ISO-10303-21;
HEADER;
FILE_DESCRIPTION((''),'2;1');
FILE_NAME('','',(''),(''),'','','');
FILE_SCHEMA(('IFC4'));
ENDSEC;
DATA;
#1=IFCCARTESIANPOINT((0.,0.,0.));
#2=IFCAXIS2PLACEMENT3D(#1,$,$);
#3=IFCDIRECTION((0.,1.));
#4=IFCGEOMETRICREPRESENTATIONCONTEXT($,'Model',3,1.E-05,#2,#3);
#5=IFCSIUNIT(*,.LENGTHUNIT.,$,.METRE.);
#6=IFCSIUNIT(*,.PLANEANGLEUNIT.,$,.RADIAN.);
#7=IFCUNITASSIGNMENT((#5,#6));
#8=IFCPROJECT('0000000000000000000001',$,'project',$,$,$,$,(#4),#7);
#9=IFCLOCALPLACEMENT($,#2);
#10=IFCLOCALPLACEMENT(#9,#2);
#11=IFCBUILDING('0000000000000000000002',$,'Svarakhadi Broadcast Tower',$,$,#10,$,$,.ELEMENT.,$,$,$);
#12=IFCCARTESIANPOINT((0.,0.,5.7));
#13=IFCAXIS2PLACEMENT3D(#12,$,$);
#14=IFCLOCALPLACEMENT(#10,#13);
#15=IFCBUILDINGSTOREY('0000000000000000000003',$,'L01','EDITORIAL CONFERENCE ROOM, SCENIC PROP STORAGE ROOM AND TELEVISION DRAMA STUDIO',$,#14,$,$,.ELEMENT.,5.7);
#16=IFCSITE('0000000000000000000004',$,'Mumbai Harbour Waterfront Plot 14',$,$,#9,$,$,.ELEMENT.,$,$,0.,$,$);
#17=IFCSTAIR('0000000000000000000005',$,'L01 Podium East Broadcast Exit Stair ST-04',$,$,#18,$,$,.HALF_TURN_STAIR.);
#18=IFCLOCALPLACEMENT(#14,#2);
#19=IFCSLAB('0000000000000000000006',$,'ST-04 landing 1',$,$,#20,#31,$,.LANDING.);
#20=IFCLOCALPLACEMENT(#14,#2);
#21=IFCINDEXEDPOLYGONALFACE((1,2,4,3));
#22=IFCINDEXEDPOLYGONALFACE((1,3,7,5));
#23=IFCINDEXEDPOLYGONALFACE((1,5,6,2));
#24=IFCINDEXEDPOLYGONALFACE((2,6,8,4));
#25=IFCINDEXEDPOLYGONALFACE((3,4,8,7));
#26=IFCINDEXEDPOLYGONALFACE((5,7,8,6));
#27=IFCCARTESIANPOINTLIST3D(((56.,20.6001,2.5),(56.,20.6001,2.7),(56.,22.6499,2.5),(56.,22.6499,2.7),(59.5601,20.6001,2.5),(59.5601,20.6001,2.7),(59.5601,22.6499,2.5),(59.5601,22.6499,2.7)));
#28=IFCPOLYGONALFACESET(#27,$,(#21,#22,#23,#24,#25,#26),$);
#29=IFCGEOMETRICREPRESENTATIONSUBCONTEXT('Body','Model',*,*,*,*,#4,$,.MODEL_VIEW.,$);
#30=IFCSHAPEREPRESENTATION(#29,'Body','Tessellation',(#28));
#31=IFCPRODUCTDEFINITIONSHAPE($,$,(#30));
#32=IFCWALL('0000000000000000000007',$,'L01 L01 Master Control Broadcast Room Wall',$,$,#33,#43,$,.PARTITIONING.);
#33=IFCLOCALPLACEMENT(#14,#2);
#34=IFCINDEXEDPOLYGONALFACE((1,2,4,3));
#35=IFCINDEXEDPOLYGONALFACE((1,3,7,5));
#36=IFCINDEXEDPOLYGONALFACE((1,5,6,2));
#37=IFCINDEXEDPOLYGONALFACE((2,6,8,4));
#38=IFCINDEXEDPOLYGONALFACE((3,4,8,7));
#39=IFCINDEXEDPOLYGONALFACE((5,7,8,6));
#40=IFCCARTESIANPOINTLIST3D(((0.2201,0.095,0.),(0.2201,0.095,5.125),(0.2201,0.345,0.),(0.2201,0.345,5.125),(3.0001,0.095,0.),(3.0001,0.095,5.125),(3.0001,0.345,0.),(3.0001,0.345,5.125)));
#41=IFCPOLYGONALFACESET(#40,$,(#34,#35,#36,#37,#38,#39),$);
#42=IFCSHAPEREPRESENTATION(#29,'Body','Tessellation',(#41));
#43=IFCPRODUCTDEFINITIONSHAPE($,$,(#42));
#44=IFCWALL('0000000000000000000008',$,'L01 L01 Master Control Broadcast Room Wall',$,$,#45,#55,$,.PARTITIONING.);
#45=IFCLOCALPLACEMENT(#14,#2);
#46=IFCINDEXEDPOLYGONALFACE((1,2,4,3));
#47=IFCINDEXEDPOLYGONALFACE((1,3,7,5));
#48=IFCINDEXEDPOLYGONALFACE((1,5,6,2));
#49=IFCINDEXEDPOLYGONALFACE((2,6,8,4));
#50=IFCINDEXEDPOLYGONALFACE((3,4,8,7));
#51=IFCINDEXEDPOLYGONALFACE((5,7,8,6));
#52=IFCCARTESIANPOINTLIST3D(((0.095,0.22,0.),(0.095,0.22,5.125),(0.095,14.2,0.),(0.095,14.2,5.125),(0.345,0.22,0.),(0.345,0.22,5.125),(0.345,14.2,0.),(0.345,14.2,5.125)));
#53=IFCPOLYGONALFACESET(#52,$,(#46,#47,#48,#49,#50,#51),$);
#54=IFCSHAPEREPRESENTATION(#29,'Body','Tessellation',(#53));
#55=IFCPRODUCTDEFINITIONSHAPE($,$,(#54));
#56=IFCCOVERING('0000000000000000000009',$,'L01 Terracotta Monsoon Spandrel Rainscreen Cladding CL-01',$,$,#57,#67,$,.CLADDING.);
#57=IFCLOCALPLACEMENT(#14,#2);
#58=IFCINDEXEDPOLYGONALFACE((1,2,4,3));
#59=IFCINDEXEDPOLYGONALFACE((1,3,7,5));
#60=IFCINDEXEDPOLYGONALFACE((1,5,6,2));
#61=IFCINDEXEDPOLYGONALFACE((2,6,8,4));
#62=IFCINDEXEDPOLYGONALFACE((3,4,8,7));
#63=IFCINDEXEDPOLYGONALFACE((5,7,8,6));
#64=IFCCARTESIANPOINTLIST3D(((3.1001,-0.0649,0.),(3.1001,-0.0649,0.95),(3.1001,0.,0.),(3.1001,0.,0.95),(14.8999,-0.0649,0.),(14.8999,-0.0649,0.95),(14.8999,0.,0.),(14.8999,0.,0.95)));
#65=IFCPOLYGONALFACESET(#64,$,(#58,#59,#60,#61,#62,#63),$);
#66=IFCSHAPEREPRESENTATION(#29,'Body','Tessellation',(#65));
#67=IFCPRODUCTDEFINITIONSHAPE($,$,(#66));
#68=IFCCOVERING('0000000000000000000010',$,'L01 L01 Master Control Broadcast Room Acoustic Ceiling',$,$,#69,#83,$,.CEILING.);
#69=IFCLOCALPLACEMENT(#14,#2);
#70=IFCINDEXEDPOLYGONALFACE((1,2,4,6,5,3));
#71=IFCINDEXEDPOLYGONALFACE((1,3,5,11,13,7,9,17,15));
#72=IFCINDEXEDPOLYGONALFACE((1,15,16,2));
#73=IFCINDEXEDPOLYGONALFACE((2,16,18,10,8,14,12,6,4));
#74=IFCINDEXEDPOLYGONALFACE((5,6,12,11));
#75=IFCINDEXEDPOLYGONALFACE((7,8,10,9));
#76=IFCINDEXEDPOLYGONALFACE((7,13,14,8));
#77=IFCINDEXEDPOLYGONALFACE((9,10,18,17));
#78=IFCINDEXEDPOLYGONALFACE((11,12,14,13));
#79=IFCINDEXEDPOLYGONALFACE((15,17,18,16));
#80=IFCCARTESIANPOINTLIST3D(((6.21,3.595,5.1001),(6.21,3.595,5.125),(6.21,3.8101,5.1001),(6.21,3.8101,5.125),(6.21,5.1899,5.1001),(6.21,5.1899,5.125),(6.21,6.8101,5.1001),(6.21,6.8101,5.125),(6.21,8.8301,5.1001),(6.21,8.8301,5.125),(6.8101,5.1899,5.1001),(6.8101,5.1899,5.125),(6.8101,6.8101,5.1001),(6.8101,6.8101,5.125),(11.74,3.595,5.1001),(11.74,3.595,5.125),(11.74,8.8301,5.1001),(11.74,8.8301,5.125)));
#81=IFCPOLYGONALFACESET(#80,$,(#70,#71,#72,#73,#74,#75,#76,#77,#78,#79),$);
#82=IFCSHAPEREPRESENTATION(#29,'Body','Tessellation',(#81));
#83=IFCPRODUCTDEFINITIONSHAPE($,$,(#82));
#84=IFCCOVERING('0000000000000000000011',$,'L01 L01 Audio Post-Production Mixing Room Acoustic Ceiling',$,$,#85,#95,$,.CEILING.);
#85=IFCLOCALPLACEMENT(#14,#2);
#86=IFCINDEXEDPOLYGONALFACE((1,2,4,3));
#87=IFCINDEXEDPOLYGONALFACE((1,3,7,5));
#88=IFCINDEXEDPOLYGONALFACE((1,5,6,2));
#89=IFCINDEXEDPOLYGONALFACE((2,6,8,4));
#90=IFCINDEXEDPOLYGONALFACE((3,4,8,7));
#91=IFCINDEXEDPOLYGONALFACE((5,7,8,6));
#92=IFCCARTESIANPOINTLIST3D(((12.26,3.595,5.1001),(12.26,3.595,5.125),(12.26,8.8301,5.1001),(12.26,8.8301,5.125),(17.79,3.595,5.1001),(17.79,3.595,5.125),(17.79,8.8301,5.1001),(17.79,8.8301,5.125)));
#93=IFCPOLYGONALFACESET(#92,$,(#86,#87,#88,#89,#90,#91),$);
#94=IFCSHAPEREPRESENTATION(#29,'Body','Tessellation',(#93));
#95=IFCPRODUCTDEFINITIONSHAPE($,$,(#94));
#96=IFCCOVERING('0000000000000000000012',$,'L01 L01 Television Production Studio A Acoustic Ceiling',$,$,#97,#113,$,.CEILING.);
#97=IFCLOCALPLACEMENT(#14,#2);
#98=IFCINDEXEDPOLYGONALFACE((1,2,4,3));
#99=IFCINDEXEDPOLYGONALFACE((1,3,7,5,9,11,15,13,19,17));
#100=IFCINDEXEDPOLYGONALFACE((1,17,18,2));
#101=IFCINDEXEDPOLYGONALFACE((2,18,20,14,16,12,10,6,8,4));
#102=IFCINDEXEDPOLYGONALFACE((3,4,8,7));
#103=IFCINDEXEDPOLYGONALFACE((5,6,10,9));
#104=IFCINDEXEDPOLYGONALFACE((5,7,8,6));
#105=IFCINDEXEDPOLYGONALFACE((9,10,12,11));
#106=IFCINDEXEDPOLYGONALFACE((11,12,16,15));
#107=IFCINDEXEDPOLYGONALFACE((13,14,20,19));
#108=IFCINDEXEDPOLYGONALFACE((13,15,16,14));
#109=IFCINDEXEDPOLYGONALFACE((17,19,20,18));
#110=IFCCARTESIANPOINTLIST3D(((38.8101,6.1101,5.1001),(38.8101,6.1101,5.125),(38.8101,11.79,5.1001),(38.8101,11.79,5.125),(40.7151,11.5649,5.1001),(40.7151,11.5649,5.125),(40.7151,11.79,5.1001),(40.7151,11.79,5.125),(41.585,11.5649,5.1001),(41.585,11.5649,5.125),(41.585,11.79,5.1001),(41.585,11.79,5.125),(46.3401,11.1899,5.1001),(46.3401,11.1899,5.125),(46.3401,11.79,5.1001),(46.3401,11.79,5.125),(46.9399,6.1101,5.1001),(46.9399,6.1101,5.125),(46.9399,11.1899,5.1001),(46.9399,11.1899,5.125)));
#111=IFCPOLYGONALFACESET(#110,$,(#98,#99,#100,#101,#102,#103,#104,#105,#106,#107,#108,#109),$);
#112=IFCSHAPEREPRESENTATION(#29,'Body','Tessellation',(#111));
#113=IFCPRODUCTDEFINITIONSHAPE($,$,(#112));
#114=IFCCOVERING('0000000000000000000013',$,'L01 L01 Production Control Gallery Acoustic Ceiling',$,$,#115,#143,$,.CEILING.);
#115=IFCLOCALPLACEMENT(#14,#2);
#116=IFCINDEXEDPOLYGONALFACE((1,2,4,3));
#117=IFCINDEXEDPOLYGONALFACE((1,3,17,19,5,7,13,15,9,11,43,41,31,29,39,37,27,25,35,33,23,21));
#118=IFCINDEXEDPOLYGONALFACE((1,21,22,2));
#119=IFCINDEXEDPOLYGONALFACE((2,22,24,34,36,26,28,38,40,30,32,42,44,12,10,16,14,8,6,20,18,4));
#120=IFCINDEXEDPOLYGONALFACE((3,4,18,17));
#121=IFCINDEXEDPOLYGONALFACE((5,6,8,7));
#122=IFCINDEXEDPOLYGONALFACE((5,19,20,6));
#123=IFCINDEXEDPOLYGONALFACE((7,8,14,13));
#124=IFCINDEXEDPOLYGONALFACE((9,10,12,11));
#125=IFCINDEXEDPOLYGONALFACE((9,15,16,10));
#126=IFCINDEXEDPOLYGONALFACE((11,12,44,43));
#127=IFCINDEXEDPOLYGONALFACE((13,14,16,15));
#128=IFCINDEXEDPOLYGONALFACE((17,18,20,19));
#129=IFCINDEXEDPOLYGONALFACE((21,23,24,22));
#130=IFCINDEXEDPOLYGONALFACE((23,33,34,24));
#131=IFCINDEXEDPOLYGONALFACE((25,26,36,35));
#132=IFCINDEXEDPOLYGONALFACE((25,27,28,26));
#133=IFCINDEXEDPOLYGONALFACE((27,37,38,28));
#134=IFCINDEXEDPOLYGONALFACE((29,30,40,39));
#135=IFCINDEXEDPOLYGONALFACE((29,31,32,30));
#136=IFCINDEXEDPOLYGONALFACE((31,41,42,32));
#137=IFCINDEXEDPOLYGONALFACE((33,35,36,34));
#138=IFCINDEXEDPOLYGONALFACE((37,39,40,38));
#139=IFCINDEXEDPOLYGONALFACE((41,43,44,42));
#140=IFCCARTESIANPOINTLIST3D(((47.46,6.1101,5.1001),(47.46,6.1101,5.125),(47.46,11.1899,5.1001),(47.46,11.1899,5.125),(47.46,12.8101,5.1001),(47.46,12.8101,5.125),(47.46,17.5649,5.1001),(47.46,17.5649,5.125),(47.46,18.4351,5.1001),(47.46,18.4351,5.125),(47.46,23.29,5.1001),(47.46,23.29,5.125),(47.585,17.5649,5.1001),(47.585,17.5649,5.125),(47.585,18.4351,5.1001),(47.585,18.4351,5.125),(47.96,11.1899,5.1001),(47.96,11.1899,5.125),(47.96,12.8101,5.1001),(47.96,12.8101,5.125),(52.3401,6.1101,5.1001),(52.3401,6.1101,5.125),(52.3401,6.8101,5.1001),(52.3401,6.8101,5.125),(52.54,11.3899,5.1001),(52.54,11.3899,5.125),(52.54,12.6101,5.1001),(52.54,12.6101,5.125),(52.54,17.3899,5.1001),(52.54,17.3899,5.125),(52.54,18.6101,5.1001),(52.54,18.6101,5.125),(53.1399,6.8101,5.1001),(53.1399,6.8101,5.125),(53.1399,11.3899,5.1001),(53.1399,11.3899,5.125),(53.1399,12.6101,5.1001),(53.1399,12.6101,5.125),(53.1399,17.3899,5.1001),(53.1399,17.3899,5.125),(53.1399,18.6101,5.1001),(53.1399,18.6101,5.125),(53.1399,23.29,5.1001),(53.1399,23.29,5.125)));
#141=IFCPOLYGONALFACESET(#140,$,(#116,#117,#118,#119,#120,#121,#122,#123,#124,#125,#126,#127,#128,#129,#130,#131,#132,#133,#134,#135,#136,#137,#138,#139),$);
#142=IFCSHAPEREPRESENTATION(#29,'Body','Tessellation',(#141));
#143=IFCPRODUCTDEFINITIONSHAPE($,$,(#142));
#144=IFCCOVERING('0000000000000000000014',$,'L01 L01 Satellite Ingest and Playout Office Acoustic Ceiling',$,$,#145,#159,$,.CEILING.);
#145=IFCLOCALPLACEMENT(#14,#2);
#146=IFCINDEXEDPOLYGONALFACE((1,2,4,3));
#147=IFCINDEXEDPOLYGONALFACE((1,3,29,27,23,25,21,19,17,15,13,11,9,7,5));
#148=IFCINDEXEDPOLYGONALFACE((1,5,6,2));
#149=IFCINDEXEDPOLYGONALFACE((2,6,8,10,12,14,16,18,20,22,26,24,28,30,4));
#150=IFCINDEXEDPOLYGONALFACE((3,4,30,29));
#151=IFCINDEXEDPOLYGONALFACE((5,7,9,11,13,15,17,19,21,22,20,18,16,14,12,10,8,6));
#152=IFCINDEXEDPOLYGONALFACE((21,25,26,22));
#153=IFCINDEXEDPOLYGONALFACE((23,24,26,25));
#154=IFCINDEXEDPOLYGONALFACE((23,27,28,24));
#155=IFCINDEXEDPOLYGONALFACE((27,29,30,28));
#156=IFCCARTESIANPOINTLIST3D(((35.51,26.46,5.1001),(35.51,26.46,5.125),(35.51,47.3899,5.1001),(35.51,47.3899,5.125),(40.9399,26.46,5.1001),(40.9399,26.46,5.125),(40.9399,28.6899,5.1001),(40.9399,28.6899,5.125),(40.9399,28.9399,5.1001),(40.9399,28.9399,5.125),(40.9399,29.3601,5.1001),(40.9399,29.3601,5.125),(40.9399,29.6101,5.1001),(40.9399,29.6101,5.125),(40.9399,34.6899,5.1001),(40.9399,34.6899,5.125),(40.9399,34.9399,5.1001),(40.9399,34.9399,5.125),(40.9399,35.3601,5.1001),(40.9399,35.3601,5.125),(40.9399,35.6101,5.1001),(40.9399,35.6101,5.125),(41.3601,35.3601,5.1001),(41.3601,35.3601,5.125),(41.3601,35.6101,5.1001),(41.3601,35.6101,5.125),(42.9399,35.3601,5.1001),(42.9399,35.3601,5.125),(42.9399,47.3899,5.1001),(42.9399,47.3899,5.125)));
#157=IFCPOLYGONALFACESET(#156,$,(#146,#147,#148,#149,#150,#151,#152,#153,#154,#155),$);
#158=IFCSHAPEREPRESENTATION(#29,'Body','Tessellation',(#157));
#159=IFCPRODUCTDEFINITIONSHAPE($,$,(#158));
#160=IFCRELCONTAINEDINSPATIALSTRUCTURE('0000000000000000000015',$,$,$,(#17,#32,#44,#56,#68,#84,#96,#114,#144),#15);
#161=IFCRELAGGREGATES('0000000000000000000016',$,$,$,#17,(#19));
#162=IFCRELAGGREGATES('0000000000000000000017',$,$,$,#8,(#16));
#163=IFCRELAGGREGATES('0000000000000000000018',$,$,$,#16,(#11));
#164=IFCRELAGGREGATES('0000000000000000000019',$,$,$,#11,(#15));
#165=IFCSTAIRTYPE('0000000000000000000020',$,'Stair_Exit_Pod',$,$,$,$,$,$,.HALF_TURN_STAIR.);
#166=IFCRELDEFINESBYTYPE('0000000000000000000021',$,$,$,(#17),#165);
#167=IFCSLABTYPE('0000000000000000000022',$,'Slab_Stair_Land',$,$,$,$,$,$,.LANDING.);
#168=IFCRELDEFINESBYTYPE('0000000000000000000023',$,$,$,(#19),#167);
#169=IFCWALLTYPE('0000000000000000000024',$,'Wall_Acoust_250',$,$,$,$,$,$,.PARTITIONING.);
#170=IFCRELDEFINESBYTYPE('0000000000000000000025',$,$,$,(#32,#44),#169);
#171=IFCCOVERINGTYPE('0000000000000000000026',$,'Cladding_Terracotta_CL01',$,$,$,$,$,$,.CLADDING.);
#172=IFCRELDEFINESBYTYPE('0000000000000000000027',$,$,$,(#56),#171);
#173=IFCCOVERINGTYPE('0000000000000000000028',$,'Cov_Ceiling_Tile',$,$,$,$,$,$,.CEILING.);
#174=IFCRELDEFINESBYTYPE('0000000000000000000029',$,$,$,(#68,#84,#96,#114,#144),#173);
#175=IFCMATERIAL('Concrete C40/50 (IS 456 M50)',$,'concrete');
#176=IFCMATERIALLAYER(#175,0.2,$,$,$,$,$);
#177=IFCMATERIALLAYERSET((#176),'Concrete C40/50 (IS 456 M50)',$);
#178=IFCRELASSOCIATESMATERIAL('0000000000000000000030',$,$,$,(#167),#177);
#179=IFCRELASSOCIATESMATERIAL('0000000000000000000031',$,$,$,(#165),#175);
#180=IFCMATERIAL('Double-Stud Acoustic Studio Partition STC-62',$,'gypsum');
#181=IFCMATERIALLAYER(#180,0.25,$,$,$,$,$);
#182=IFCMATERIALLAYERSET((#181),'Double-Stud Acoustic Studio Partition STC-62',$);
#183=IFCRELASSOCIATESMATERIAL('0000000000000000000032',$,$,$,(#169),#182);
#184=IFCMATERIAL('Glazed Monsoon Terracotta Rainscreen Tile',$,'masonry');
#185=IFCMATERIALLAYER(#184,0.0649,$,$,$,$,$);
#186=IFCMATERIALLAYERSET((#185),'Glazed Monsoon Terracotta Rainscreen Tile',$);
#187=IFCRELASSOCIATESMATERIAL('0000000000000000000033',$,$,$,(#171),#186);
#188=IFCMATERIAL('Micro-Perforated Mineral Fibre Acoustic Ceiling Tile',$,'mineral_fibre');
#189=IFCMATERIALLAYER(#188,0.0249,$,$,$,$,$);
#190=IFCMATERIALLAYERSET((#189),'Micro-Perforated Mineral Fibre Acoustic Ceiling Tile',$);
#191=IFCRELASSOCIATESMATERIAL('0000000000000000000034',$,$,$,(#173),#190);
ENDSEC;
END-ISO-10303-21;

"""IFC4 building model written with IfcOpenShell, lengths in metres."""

from ifc_helpers import new_model, si_unit, direction, frame, frame_2d, origin, place, context, subcontext, project, spatial, polyline, rectangle, outline, extrude, material, layer, layer_set, type_object, element, aggregate, save


model = new_model("IFC4")

# Units and contexts
model_context = context("Model", 3, precision=1e-05, world=origin(), true_north=direction((0.0, 1.0)))
body_context = subcontext(model_context, "Body", "Model", "MODEL_VIEW")
ifc_project = project(units=[si_unit("LENGTHUNIT", "METRE"), si_unit("PLANEANGLEUNIT", "RADIAN")], contexts=[model_context])

# Site, building, storey
site_placement = place(None, origin())
site = spatial("IfcSite", under=ifc_project, at=site_placement, Name="Mumbai Harbour Waterfront Plot 14", CompositionType="ELEMENT", RefElevation=0.0)
building_placement = place(site_placement, origin())
building = spatial("IfcBuilding", under=site, at=building_placement, Name="Svarakhadi Broadcast Tower", CompositionType="ELEMENT")
storey_placement = place(building_placement, frame((0.0, 0.0, 5.7)))
storey = spatial("IfcBuildingStorey", under=building, at=storey_placement, Name="L01", Description="EDITORIAL CONFERENCE ROOM, SCENIC PROP STORAGE ROOM AND TELEVISION DRAMA STUDIO", CompositionType="ELEMENT", Elevation=5.7)

# Shared definitions
ifc_material_1 = material(Name="Concrete C40/50 (IS 456 M50)", Category="concrete")

# Stair, slab
ifc_layer_1 = layer(ifc_material_1, 0.2)
ifc_layer_set_1 = layer_set([ifc_layer_1], Name="Concrete C40/50 (IS 456 M50)")
slab_type_1 = type_object("IfcSlabType", Name="Slab_Stair_Land", PredefinedType="LANDING", material=ifc_layer_set_1)
stair_type_1 = type_object("IfcStairType", Name="Stair_Exit_Pod", PredefinedType="HALF_TURN_STAIR", material=ifc_material_1)
stair_1_placement = place(storey_placement, origin())
stair_1 = element("IfcStair", 1, at=stair_1_placement, inside=storey, type_object=stair_type_1, Name="L01 Podium East Broadcast Exit Stair ST-04", PredefinedType="HALF_TURN_STAIR")
slab_1_placement = place(storey_placement, frame((0.0, 0.0, 2.5)))
slab_1 = element("IfcSlab", 2, at=slab_1_placement, type_object=slab_type_1, Name="ST-04 landing 1", PredefinedType="LANDING", context=body_context, shape_type="SweptSolid", body=[
    extrude(outline(polyline([(59.5601, 20.6001), (59.5601, 22.6499), (56.0, 22.6499), (56.0, 20.6001), (59.5601, 20.6001)])), origin(), (0.0, 0.0, 1.0), 0.2),
])
aggregate(stair_1, [slab_1])

# Walls
ifc_material_2 = material(Name="Double-Stud Acoustic Studio Partition STC-62", Category="gypsum")
ifc_layer_2 = layer(ifc_material_2, 0.25)
ifc_layer_set_2 = layer_set([ifc_layer_2], Name="Double-Stud Acoustic Studio Partition STC-62")
wall_type = type_object("IfcWallType", Name="Wall_Acoust_250", PredefinedType="PARTITIONING", material=ifc_layer_set_2)
wall_1_placement = place(storey_placement, frame((0.22, 0.22, 0.0), z_axis=(0.0, 0.0, 1.0), x_axis=(1.0, 0.0, 0.0)))
element("IfcWall", 3, at=wall_1_placement, inside=storey, type_object=wall_type, Name="L01 L01 Master Control Broadcast Room Wall", PredefinedType="PARTITIONING", context=body_context, shape_type="SweptSolid", body=[
    extrude(rectangle(XDim=2.78, YDim=0.25, at=frame_2d((1.3901, 0.0))), origin(), (0.0, 0.0, 1.0), 5.125),
])
wall_2_placement = place(storey_placement, frame((0.22, 0.22, 0.0), z_axis=(0.0, 0.0, 1.0), x_axis=(0.0, 1.0, 0.0)))
element("IfcWall", 4, at=wall_2_placement, inside=storey, type_object=wall_type, Name="L01 L01 Master Control Broadcast Room Wall", PredefinedType="PARTITIONING", context=body_context, shape_type="SweptSolid", body=[
    extrude(rectangle(XDim=13.98, YDim=0.25, at=frame_2d((6.99, 0.0))), origin(), (0.0, 0.0, 1.0), 5.125),
])

# Coverings
ifc_material_3 = material(Name="Glazed Monsoon Terracotta Rainscreen Tile", Category="masonry")
ifc_layer_3 = layer(ifc_material_3, 0.0649)
ifc_layer_set_3 = layer_set([ifc_layer_3], Name="Glazed Monsoon Terracotta Rainscreen Tile")
covering_type_1 = type_object("IfcCoveringType", Name="Cladding_Terracotta_CL01", PredefinedType="CLADDING", material=ifc_layer_set_3)
covering_1_placement = place(storey_placement, origin())
element("IfcCovering", 5, at=covering_1_placement, inside=storey, type_object=covering_type_1, Name="L01 Terracotta Monsoon Spandrel Rainscreen Cladding CL-01", PredefinedType="CLADDING", context=body_context, shape_type="SweptSolid", body=[
    extrude(outline(polyline([(3.1001, -0.0649), (14.8999, -0.0649), (14.8999, 0.0), (3.1001, 0.0), (3.1001, -0.0649)])), origin(), (0.0, 0.0, 1.0), 0.95),
])
ifc_material_4 = material(Name="Micro-Perforated Mineral Fibre Acoustic Ceiling Tile", Category="mineral_fibre")
ifc_layer_4 = layer(ifc_material_4, 0.0249)
ifc_layer_set_4 = layer_set([ifc_layer_4], Name="Micro-Perforated Mineral Fibre Acoustic Ceiling Tile")
covering_type_2 = type_object("IfcCoveringType", Name="Cov_Ceiling_Tile", PredefinedType="CEILING", material=ifc_layer_set_4)
covering_2_placement = place(storey_placement, frame((0.0, 0.0, 5.1001)))
element("IfcCovering", 6, at=covering_2_placement, inside=storey, type_object=covering_type_2, Name="L01 L01 Master Control Broadcast Room Acoustic Ceiling", PredefinedType="CEILING", context=body_context, shape_type="SweptSolid", body=[
    extrude(outline(polyline([(11.74, 3.595), (6.21, 3.595), (6.21, 3.8101), (6.21, 5.1899), (6.8101, 5.1899), (6.8101, 6.8101), (6.21, 6.8101), (6.21, 8.8301), (11.74, 8.8301), (11.74, 3.595)])), origin(), (0.0, 0.0, 1.0), 0.0249),
])
covering_3_placement = place(storey_placement, frame((0.0, 0.0, 5.1001)))
element("IfcCovering", 7, at=covering_3_placement, inside=storey, type_object=covering_type_2, Name="L01 L01 Audio Post-Production Mixing Room Acoustic Ceiling", PredefinedType="CEILING", context=body_context, shape_type="SweptSolid", body=[
    extrude(outline(polyline([(12.26, 8.8301), (17.79, 8.8301), (17.79, 3.595), (12.26, 3.595), (12.26, 8.8301)])), origin(), (0.0, 0.0, 1.0), 0.0249),
])
covering_4_placement = place(storey_placement, frame((0.0, 0.0, 5.1001)))
element("IfcCovering", 8, at=covering_4_placement, inside=storey, type_object=covering_type_2, Name="L01 L01 Television Production Studio A Acoustic Ceiling", PredefinedType="CEILING", context=body_context, shape_type="SweptSolid", body=[
    extrude(outline(polyline([(46.9399, 6.1101), (38.8101, 6.1101), (38.8101, 11.79), (40.7151, 11.79), (40.7151, 11.5649), (41.585, 11.5649), (41.585, 11.79), (46.3401, 11.79), (46.3401, 11.1899), (46.9399, 11.1899), (46.9399, 6.1101)])), origin(), (0.0, 0.0, 1.0), 0.0249),
])
covering_5_placement = place(storey_placement, frame((0.0, 0.0, 5.1001)))
element("IfcCovering", 9, at=covering_5_placement, inside=storey, type_object=covering_type_2, Name="L01 L01 Production Control Gallery Acoustic Ceiling", PredefinedType="CEILING", context=body_context, shape_type="SweptSolid", body=[
    extrude(outline(polyline([(53.1399, 23.29), (53.1399, 18.6101), (52.54, 18.6101), (52.54, 17.3899), (53.1399, 17.3899), (53.1399, 12.6101), (52.54, 12.6101), (52.54, 11.3899), (53.1399, 11.3899), (53.1399, 6.8101), (52.3401, 6.8101), (52.3401, 6.1101), (47.46, 6.1101), (47.46, 11.1899), (47.96, 11.1899), (47.96, 12.8101), (47.46, 12.8101), (47.46, 17.5649), (47.585, 17.5649), (47.585, 18.4351), (47.46, 18.4351), (47.46, 23.29), (53.1399, 23.29)])), origin(), (0.0, 0.0, 1.0), 0.0249),
])
covering_6_placement = place(storey_placement, frame((0.0, 0.0, 5.1001)))
element("IfcCovering", 10, at=covering_6_placement, inside=storey, type_object=covering_type_2, Name="L01 L01 Satellite Ingest and Playout Office Acoustic Ceiling", PredefinedType="CEILING", context=body_context, shape_type="SweptSolid", body=[
    extrude(outline(polyline([(42.9399, 47.3899), (42.9399, 35.3601), (41.3601, 35.3601), (41.3601, 35.6101), (40.9399, 35.6101), (40.9399, 35.3601), (40.9399, 34.9399), (40.9399, 34.6899), (40.9399, 29.6101), (40.9399, 29.3601), (40.9399, 28.9399), (40.9399, 28.6899), (40.9399, 26.46), (35.51, 26.46), (35.51, 47.3899), (42.9399, 47.3899)])), origin(), (0.0, 0.0, 1.0), 0.0249),
])

save(model, "model.ifc")
